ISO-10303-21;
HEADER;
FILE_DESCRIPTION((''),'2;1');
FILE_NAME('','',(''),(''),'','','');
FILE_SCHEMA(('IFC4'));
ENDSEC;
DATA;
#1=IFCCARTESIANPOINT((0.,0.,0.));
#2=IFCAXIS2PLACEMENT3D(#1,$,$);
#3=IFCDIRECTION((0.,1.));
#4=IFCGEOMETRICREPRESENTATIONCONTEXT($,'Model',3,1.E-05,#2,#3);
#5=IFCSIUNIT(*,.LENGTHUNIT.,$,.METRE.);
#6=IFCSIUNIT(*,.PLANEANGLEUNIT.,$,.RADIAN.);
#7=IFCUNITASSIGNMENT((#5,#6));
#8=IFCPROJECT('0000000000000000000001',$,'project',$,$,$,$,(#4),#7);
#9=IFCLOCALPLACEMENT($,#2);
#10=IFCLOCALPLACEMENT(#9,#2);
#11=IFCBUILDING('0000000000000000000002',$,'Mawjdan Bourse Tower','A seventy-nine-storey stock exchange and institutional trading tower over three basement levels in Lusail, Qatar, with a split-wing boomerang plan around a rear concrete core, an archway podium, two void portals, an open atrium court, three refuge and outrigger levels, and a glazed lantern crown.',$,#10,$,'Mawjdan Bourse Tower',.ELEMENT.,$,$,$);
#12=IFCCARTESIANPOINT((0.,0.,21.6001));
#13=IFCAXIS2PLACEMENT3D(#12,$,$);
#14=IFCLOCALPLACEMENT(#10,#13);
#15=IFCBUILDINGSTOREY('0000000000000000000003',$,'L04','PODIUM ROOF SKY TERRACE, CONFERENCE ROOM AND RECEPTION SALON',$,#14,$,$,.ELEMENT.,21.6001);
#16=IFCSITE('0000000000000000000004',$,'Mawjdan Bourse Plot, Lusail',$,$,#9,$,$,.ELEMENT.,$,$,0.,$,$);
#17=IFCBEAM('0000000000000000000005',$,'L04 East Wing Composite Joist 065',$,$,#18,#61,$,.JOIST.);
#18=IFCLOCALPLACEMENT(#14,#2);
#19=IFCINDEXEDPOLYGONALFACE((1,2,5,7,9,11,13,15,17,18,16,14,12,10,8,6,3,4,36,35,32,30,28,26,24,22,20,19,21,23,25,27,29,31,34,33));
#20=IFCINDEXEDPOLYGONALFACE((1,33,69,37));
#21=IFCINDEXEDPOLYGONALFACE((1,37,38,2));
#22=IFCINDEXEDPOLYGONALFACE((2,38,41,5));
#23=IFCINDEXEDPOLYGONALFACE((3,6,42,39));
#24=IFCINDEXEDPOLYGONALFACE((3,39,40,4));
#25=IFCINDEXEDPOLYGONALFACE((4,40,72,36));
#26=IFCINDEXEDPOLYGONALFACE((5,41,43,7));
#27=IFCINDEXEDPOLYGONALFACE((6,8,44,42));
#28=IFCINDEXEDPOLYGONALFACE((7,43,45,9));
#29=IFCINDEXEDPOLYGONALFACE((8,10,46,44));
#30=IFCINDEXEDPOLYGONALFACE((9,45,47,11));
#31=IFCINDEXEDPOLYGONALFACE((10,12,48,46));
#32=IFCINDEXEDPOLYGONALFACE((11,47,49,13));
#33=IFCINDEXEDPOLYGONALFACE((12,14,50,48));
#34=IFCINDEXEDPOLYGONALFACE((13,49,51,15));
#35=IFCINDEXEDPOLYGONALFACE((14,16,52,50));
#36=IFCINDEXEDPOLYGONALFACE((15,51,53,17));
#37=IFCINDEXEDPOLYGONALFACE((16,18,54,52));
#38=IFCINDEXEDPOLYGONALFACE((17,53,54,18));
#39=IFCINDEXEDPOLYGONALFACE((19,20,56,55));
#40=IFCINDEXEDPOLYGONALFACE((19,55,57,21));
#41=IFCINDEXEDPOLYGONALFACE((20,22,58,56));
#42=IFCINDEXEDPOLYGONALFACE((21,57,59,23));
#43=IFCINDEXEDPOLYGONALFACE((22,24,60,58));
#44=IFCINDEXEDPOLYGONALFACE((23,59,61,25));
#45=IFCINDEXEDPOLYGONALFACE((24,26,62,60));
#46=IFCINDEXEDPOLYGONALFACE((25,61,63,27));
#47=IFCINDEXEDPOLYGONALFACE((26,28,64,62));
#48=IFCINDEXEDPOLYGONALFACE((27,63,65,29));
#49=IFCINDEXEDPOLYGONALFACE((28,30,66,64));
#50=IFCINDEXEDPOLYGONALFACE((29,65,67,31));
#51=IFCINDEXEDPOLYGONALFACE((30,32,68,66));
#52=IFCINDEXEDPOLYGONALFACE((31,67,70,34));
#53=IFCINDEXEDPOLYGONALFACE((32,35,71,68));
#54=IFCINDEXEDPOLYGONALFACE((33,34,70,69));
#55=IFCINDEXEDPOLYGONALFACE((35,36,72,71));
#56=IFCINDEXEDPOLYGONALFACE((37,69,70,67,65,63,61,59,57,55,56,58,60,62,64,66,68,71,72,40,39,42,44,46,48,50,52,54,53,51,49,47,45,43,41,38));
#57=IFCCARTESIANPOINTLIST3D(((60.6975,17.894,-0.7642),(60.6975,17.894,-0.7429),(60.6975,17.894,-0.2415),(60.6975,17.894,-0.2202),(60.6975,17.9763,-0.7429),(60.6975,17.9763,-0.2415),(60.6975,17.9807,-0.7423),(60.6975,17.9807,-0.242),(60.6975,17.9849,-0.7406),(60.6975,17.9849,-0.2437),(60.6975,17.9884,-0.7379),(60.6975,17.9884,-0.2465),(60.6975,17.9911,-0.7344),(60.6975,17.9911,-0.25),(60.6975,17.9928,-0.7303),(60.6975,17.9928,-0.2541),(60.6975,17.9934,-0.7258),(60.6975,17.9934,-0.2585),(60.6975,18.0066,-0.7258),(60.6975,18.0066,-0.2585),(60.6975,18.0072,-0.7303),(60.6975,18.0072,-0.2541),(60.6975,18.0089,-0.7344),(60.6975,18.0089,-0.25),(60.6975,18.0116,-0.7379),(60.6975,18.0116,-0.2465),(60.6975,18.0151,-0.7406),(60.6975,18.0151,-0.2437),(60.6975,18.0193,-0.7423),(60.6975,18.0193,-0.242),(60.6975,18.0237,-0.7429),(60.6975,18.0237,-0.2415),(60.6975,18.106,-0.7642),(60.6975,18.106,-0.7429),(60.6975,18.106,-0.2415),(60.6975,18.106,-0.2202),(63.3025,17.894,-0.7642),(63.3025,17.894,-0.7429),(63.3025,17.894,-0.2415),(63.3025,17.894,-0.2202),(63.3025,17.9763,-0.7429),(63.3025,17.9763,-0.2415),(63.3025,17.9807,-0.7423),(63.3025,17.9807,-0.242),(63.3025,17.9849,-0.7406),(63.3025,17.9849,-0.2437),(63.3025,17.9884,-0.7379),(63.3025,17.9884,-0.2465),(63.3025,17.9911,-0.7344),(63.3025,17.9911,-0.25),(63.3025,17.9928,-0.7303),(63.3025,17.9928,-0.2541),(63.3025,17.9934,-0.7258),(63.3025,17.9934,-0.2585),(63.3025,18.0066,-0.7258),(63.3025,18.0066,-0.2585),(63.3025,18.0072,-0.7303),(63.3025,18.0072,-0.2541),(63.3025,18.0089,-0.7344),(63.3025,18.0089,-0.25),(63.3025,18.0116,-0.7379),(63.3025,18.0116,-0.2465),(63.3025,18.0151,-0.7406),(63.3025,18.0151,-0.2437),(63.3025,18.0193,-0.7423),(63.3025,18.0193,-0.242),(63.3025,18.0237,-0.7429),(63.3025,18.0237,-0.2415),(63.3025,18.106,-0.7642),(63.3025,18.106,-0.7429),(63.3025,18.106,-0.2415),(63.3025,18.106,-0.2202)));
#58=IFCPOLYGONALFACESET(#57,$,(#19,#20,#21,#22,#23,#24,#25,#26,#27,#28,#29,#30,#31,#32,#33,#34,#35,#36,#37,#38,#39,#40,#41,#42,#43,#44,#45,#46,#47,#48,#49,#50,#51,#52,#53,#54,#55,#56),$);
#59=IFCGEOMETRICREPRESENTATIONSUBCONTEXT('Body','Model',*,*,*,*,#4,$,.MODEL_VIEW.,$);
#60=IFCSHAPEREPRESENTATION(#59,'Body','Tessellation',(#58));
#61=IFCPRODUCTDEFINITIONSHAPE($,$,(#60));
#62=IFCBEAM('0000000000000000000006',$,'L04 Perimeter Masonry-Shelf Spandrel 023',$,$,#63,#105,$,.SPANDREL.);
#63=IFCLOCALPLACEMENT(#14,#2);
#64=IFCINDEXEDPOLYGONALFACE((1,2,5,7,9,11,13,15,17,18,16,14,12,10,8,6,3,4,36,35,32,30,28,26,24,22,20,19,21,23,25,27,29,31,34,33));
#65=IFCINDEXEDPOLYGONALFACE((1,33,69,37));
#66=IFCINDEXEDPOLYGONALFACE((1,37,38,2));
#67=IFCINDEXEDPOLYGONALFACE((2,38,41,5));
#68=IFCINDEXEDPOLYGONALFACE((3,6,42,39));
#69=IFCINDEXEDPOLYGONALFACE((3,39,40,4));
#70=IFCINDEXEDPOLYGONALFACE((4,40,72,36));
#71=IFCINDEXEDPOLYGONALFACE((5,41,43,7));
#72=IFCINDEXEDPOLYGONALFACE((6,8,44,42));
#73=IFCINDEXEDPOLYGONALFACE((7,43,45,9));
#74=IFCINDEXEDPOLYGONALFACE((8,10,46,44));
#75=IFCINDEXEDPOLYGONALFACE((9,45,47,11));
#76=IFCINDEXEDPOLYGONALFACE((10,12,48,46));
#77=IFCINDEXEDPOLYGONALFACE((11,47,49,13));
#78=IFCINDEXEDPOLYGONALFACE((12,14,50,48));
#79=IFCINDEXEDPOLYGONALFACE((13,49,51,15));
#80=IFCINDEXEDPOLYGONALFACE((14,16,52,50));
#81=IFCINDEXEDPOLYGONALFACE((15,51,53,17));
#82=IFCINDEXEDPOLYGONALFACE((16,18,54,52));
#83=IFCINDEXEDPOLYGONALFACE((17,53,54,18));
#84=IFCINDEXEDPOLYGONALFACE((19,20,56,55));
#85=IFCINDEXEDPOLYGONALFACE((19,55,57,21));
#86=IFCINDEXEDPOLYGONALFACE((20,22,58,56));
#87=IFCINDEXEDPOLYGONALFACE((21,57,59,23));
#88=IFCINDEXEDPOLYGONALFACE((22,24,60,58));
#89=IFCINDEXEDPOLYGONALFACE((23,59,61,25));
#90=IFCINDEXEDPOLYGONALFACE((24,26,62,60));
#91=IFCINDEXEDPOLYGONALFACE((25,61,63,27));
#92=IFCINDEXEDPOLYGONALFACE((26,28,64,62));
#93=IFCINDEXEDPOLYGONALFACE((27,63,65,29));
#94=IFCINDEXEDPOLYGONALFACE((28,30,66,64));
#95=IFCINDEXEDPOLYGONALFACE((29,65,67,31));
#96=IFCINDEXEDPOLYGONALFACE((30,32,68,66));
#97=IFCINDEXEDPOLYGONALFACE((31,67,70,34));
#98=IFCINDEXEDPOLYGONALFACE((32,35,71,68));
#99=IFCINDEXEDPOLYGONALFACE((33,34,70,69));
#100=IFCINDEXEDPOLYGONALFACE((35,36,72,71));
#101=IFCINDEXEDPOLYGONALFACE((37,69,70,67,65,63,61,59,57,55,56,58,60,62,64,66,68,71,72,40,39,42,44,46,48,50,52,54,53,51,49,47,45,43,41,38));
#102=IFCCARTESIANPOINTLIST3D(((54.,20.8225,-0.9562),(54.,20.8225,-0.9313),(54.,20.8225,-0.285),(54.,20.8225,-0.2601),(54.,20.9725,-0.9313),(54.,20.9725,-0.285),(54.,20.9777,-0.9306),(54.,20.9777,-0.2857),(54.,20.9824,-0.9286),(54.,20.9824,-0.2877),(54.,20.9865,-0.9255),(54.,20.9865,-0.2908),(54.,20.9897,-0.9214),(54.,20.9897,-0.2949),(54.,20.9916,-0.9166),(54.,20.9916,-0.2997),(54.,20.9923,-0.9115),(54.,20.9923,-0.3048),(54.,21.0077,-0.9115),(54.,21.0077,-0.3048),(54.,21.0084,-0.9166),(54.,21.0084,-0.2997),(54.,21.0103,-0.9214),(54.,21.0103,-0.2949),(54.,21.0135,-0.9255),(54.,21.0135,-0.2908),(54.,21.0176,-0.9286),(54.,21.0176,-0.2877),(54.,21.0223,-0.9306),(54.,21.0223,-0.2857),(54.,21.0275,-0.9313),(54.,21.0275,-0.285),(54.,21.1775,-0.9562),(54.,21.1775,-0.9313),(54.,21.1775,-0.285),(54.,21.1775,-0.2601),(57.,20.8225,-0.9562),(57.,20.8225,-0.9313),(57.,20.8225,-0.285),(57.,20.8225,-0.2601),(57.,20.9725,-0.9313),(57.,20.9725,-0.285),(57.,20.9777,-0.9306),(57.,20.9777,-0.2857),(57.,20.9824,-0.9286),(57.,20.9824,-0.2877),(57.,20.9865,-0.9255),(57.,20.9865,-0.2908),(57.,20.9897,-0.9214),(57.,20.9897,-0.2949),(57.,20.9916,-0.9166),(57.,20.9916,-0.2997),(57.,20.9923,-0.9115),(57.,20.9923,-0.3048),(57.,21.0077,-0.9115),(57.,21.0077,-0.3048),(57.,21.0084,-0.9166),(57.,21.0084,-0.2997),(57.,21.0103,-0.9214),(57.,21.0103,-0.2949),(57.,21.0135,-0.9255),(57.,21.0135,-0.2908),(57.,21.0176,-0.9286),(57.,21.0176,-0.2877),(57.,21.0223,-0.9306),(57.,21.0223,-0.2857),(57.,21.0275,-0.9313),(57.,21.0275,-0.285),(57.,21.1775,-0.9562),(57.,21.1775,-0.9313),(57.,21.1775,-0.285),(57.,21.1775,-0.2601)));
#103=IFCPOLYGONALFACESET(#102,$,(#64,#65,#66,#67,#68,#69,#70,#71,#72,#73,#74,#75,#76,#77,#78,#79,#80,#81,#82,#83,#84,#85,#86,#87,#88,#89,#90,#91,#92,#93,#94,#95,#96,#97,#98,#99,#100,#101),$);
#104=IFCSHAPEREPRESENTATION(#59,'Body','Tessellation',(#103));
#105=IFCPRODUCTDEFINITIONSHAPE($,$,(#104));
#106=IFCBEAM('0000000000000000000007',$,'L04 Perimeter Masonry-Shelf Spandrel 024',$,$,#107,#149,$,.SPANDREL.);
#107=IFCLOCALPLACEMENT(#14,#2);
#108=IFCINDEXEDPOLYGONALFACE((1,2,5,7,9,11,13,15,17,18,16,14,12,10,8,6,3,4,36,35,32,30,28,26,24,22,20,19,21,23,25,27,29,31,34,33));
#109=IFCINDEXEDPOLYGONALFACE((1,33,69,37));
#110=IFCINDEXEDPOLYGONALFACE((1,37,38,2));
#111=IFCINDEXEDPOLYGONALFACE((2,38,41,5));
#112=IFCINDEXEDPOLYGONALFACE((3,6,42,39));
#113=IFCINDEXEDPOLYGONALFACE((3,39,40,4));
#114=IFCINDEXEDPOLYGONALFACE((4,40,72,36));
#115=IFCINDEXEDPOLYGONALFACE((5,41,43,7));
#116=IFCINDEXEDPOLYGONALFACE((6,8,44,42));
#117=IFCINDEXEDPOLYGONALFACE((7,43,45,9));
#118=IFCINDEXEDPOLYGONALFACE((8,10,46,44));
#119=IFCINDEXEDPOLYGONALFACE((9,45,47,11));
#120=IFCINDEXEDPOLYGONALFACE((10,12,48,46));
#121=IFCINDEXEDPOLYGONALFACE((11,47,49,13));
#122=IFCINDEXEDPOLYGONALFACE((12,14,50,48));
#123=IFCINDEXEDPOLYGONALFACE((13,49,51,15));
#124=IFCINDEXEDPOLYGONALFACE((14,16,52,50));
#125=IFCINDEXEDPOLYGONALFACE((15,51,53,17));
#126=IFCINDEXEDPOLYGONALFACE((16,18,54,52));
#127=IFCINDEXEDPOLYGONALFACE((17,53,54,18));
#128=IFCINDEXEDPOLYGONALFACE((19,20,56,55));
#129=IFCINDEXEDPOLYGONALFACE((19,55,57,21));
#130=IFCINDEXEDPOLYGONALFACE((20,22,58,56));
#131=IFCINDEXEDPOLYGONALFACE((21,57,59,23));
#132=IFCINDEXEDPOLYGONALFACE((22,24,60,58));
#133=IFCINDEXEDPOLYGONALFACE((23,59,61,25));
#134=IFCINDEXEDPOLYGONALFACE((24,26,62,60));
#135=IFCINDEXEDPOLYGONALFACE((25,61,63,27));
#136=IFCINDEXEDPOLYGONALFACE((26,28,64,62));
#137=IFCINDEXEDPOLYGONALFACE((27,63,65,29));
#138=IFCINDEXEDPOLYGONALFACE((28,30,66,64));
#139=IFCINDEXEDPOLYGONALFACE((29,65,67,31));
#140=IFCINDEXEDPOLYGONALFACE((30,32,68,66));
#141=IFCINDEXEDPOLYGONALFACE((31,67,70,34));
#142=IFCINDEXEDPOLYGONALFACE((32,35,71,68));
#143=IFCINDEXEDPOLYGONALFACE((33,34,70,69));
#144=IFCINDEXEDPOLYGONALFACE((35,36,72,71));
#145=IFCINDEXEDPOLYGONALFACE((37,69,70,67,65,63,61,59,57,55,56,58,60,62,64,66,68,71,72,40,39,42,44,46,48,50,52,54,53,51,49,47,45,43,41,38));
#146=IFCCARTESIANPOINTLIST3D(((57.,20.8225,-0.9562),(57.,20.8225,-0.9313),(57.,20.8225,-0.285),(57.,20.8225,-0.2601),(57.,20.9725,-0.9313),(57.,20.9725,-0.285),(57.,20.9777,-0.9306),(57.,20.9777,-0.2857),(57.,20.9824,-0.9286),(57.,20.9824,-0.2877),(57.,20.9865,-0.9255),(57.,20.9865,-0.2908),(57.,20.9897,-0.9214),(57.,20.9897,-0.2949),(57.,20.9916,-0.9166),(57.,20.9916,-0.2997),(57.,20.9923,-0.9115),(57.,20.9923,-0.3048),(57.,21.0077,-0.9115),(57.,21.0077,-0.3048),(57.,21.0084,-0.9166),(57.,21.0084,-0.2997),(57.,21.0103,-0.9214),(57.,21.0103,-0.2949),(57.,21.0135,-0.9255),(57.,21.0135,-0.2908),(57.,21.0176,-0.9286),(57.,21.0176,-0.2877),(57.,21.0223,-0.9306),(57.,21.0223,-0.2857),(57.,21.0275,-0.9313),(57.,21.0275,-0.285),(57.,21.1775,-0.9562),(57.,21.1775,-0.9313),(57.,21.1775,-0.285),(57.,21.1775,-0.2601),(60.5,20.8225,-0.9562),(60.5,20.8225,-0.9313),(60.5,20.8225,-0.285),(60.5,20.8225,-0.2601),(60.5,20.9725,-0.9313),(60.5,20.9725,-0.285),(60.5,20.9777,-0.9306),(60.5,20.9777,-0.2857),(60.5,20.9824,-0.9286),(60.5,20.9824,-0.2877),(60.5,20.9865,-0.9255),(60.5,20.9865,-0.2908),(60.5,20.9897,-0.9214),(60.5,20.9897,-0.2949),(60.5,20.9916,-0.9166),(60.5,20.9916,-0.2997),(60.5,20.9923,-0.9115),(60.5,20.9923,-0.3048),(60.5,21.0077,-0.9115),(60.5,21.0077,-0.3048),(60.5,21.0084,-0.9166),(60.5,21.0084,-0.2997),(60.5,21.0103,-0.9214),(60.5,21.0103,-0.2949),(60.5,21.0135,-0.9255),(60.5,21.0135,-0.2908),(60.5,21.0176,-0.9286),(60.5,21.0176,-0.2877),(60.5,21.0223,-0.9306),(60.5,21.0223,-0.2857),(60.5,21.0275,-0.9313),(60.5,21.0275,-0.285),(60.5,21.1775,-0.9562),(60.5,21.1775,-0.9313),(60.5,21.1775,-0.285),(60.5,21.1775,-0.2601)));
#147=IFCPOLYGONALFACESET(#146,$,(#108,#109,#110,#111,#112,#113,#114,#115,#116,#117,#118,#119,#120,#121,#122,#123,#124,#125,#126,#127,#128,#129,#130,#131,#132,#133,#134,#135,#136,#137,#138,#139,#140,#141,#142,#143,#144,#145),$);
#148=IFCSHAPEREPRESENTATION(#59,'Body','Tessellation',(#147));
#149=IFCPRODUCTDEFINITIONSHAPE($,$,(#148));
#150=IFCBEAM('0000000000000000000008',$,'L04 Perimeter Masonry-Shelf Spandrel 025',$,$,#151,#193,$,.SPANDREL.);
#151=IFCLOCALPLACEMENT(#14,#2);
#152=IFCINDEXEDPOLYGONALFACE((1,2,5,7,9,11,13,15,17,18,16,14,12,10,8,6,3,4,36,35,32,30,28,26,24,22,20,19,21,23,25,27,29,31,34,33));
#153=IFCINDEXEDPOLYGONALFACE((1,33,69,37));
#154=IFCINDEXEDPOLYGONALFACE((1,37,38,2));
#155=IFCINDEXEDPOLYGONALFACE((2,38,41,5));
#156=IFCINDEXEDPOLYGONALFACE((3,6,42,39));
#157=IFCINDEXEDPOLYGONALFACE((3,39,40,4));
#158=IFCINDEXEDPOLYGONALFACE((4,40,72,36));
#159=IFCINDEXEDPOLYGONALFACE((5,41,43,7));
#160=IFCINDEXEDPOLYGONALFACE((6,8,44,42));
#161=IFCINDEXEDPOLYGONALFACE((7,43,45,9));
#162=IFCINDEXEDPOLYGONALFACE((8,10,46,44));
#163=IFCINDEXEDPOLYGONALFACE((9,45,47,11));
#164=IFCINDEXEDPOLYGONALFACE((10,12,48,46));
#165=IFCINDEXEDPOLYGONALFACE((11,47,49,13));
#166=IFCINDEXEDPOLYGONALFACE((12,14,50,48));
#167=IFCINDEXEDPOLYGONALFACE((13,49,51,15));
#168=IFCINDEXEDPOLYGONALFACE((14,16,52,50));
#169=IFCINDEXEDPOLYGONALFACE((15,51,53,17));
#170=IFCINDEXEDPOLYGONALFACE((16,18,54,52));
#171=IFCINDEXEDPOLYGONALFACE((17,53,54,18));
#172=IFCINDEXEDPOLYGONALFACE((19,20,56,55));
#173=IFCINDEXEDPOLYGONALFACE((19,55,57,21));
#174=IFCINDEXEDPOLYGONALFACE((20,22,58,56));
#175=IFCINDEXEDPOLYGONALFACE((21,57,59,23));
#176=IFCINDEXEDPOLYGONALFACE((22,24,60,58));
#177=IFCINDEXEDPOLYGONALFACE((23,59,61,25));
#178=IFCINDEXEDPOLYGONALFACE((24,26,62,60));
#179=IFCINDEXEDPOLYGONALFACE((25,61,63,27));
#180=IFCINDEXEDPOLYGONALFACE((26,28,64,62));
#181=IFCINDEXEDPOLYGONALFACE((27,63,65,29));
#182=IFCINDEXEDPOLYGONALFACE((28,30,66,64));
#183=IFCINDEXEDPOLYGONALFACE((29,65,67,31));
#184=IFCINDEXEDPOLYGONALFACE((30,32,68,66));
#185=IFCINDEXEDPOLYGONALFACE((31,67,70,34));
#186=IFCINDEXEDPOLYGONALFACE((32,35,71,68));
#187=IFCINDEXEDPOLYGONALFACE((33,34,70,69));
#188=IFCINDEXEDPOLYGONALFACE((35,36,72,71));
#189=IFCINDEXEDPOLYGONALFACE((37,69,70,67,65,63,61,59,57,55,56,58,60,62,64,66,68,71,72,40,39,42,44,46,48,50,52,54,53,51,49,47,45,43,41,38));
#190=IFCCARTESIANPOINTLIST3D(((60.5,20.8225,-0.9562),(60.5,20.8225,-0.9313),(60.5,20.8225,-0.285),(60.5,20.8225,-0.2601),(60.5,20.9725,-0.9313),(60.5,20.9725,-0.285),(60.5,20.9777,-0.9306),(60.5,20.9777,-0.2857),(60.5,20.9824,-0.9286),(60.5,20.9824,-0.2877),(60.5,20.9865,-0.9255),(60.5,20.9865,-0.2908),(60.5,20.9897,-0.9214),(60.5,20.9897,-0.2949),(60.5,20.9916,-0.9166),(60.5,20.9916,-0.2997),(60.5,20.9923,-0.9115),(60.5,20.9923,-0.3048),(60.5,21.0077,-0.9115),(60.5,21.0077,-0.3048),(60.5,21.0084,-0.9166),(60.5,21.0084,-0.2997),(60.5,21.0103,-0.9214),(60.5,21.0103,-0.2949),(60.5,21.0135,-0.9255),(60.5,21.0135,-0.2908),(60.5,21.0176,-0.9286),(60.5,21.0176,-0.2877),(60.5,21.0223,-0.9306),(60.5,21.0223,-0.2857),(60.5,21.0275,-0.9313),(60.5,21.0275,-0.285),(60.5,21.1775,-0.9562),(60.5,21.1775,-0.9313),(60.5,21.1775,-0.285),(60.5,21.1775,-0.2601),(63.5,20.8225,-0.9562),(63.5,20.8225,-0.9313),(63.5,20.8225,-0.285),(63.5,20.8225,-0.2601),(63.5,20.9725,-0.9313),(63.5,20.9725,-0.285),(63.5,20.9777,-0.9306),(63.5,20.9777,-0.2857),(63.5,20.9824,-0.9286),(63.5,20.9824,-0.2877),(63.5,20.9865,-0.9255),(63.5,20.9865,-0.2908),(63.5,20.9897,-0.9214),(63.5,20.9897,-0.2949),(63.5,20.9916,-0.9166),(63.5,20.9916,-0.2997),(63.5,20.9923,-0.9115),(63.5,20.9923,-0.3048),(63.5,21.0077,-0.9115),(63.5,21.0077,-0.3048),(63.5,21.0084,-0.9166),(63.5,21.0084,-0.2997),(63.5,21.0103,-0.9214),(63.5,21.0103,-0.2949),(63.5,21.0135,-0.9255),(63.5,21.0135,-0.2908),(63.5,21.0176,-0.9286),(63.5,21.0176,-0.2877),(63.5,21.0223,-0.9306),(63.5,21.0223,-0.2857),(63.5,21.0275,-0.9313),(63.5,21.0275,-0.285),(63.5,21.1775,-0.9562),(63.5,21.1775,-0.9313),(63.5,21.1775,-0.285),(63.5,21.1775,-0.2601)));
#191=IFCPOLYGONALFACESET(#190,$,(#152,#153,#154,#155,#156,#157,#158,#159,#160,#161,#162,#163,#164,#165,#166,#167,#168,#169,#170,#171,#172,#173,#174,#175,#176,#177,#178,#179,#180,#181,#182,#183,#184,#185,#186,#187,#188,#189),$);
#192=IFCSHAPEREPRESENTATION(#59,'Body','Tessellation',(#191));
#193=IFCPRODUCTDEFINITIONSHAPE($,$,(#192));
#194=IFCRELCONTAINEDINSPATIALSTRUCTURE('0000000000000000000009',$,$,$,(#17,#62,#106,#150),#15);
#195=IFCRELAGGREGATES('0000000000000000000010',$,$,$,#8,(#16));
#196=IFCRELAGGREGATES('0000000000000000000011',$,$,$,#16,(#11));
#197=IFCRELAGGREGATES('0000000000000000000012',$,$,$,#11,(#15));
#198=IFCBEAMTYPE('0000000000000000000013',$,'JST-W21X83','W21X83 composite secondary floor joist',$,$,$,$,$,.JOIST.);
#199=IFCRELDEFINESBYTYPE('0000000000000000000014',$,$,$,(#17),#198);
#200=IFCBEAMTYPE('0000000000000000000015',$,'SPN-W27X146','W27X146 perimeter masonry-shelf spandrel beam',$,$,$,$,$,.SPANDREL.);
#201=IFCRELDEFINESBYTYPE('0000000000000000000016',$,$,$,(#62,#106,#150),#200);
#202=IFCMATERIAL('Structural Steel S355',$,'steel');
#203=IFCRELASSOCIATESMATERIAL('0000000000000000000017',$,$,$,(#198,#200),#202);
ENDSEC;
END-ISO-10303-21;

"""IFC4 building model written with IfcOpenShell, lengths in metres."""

from ifc_helpers import new_model, si_unit, direction, frame, origin, origin_2d, place, context, subcontext, project, spatial, i_section, extrude, material, material_profile, profile_set, type_object, element, save


model = new_model("IFC4")

# Units and contexts
model_context = context("Model", 3, precision=1e-05, world=origin(), true_north=direction((0.0, 1.0)))
body_context = subcontext(model_context, "Body", "Model", "MODEL_VIEW")
ifc_project = project(units=[si_unit("LENGTHUNIT", "METRE"), si_unit("PLANEANGLEUNIT", "RADIAN")], contexts=[model_context])

# Site, building, storey
site_placement = place(None, origin())
site = spatial("IfcSite", under=ifc_project, at=site_placement, Name="Mawjdan Bourse Plot, Lusail", CompositionType="ELEMENT", RefElevation=0.0)
building_placement = place(site_placement, origin())
building = spatial("IfcBuilding", under=site, at=building_placement, Name="Mawjdan Bourse Tower", Description="A seventy-nine-storey stock exchange and institutional trading tower over three basement levels in Lusail, Qatar, with a split-wing boomerang plan around a rear concrete core, an archway podium, two void portals, an open atrium court, three refuge and outrigger levels, and a glazed lantern crown.", LongName="Mawjdan Bourse Tower", CompositionType="ELEMENT")
storey_placement = place(building_placement, frame((0.0, 0.0, 21.6001)))
storey = spatial("IfcBuildingStorey", under=building, at=storey_placement, Name="L04", Description="PODIUM ROOF SKY TERRACE, CONFERENCE ROOM AND RECEPTION SALON", CompositionType="ELEMENT", Elevation=21.6001)

# Beams
ifc_material_1 = material(Name="Structural Steel S355", Category="steel")
ifc_material_profile_1 = material_profile(ifc_material_1, i_section(OverallWidth=0.2119, OverallDepth=0.5439, WebThickness=0.0132, FlangeThickness=0.0212, FilletRadius=0.0171, at=origin_2d()), Name="W21X83")
ifc_profile_set_1 = profile_set([ifc_material_profile_1], Name="Structural Steel S355")
beam_type_1 = type_object("IfcBeamType", Name="JST-W21X83", Description="W21X83 composite secondary floor joist", PredefinedType="JOIST", material=ifc_profile_set_1)
beam_1_placement = place(storey_placement, frame((60.6975, 18.0, -0.4922), z_axis=(1.0, 0.0, 0.0), x_axis=(0.0, 1.0, 0.0)))
element("IfcBeam", 1, at=beam_1_placement, inside=storey, type_object=beam_type_1, Name="L04 East Wing Composite Joist 065", PredefinedType="JOIST", context=body_context, shape_type="SweptSolid", body=[
    extrude(i_section(OverallWidth=0.2119, OverallDepth=0.5439, WebThickness=0.0132, FlangeThickness=0.0212, FilletRadius=0.0171, at=origin_2d()), origin(), (0.0, 0.0, 1.0), 2.605),
])
ifc_material_profile_2 = material_profile(ifc_material_1, i_section(OverallWidth=0.355, OverallDepth=0.696, WebThickness=0.0154, FlangeThickness=0.0249, FilletRadius=0.0198, at=origin_2d()), Name="W27X146")
ifc_profile_set_2 = profile_set([ifc_material_profile_2], Name="Structural Steel S355")
beam_type_2 = type_object("IfcBeamType", Name="SPN-W27X146", Description="W27X146 perimeter masonry-shelf spandrel beam", PredefinedType="SPANDREL", material=ifc_profile_set_2)
beam_2_placement = place(storey_placement, frame((54.0, 21.0, -0.6082), z_axis=(1.0, 0.0, 0.0), x_axis=(0.0, 1.0, 0.0)))
element("IfcBeam", 2, at=beam_2_placement, inside=storey, type_object=beam_type_2, Name="L04 Perimeter Masonry-Shelf Spandrel 023", PredefinedType="SPANDREL", context=body_context, shape_type="SweptSolid", body=[
    extrude(i_section(OverallWidth=0.355, OverallDepth=0.696, WebThickness=0.0154, FlangeThickness=0.0249, FilletRadius=0.0198, at=origin_2d()), origin(), (0.0, 0.0, 1.0), 3.0),
])
beam_3_placement = place(storey_placement, frame((57.0, 21.0, -0.6082), z_axis=(1.0, 0.0, 0.0), x_axis=(0.0, 1.0, 0.0)))
element("IfcBeam", 3, at=beam_3_placement, inside=storey, type_object=beam_type_2, Name="L04 Perimeter Masonry-Shelf Spandrel 024", PredefinedType="SPANDREL", context=body_context, shape_type="SweptSolid", body=[
    extrude(i_section(OverallWidth=0.355, OverallDepth=0.696, WebThickness=0.0154, FlangeThickness=0.0249, FilletRadius=0.0198, at=origin_2d()), origin(), (0.0, 0.0, 1.0), 3.5),
])
beam_4_placement = place(storey_placement, frame((60.5, 21.0, -0.6082), z_axis=(1.0, 0.0, 0.0), x_axis=(0.0, 1.0, 0.0)))
element("IfcBeam", 4, at=beam_4_placement, inside=storey, type_object=beam_type_2, Name="L04 Perimeter Masonry-Shelf Spandrel 025", PredefinedType="SPANDREL", context=body_context, shape_type="SweptSolid", body=[
    extrude(i_section(OverallWidth=0.355, OverallDepth=0.696, WebThickness=0.0154, FlangeThickness=0.0249, FilletRadius=0.0198, at=origin_2d()), origin(), (0.0, 0.0, 1.0), 3.0),
])

save(model, "model.ifc")
